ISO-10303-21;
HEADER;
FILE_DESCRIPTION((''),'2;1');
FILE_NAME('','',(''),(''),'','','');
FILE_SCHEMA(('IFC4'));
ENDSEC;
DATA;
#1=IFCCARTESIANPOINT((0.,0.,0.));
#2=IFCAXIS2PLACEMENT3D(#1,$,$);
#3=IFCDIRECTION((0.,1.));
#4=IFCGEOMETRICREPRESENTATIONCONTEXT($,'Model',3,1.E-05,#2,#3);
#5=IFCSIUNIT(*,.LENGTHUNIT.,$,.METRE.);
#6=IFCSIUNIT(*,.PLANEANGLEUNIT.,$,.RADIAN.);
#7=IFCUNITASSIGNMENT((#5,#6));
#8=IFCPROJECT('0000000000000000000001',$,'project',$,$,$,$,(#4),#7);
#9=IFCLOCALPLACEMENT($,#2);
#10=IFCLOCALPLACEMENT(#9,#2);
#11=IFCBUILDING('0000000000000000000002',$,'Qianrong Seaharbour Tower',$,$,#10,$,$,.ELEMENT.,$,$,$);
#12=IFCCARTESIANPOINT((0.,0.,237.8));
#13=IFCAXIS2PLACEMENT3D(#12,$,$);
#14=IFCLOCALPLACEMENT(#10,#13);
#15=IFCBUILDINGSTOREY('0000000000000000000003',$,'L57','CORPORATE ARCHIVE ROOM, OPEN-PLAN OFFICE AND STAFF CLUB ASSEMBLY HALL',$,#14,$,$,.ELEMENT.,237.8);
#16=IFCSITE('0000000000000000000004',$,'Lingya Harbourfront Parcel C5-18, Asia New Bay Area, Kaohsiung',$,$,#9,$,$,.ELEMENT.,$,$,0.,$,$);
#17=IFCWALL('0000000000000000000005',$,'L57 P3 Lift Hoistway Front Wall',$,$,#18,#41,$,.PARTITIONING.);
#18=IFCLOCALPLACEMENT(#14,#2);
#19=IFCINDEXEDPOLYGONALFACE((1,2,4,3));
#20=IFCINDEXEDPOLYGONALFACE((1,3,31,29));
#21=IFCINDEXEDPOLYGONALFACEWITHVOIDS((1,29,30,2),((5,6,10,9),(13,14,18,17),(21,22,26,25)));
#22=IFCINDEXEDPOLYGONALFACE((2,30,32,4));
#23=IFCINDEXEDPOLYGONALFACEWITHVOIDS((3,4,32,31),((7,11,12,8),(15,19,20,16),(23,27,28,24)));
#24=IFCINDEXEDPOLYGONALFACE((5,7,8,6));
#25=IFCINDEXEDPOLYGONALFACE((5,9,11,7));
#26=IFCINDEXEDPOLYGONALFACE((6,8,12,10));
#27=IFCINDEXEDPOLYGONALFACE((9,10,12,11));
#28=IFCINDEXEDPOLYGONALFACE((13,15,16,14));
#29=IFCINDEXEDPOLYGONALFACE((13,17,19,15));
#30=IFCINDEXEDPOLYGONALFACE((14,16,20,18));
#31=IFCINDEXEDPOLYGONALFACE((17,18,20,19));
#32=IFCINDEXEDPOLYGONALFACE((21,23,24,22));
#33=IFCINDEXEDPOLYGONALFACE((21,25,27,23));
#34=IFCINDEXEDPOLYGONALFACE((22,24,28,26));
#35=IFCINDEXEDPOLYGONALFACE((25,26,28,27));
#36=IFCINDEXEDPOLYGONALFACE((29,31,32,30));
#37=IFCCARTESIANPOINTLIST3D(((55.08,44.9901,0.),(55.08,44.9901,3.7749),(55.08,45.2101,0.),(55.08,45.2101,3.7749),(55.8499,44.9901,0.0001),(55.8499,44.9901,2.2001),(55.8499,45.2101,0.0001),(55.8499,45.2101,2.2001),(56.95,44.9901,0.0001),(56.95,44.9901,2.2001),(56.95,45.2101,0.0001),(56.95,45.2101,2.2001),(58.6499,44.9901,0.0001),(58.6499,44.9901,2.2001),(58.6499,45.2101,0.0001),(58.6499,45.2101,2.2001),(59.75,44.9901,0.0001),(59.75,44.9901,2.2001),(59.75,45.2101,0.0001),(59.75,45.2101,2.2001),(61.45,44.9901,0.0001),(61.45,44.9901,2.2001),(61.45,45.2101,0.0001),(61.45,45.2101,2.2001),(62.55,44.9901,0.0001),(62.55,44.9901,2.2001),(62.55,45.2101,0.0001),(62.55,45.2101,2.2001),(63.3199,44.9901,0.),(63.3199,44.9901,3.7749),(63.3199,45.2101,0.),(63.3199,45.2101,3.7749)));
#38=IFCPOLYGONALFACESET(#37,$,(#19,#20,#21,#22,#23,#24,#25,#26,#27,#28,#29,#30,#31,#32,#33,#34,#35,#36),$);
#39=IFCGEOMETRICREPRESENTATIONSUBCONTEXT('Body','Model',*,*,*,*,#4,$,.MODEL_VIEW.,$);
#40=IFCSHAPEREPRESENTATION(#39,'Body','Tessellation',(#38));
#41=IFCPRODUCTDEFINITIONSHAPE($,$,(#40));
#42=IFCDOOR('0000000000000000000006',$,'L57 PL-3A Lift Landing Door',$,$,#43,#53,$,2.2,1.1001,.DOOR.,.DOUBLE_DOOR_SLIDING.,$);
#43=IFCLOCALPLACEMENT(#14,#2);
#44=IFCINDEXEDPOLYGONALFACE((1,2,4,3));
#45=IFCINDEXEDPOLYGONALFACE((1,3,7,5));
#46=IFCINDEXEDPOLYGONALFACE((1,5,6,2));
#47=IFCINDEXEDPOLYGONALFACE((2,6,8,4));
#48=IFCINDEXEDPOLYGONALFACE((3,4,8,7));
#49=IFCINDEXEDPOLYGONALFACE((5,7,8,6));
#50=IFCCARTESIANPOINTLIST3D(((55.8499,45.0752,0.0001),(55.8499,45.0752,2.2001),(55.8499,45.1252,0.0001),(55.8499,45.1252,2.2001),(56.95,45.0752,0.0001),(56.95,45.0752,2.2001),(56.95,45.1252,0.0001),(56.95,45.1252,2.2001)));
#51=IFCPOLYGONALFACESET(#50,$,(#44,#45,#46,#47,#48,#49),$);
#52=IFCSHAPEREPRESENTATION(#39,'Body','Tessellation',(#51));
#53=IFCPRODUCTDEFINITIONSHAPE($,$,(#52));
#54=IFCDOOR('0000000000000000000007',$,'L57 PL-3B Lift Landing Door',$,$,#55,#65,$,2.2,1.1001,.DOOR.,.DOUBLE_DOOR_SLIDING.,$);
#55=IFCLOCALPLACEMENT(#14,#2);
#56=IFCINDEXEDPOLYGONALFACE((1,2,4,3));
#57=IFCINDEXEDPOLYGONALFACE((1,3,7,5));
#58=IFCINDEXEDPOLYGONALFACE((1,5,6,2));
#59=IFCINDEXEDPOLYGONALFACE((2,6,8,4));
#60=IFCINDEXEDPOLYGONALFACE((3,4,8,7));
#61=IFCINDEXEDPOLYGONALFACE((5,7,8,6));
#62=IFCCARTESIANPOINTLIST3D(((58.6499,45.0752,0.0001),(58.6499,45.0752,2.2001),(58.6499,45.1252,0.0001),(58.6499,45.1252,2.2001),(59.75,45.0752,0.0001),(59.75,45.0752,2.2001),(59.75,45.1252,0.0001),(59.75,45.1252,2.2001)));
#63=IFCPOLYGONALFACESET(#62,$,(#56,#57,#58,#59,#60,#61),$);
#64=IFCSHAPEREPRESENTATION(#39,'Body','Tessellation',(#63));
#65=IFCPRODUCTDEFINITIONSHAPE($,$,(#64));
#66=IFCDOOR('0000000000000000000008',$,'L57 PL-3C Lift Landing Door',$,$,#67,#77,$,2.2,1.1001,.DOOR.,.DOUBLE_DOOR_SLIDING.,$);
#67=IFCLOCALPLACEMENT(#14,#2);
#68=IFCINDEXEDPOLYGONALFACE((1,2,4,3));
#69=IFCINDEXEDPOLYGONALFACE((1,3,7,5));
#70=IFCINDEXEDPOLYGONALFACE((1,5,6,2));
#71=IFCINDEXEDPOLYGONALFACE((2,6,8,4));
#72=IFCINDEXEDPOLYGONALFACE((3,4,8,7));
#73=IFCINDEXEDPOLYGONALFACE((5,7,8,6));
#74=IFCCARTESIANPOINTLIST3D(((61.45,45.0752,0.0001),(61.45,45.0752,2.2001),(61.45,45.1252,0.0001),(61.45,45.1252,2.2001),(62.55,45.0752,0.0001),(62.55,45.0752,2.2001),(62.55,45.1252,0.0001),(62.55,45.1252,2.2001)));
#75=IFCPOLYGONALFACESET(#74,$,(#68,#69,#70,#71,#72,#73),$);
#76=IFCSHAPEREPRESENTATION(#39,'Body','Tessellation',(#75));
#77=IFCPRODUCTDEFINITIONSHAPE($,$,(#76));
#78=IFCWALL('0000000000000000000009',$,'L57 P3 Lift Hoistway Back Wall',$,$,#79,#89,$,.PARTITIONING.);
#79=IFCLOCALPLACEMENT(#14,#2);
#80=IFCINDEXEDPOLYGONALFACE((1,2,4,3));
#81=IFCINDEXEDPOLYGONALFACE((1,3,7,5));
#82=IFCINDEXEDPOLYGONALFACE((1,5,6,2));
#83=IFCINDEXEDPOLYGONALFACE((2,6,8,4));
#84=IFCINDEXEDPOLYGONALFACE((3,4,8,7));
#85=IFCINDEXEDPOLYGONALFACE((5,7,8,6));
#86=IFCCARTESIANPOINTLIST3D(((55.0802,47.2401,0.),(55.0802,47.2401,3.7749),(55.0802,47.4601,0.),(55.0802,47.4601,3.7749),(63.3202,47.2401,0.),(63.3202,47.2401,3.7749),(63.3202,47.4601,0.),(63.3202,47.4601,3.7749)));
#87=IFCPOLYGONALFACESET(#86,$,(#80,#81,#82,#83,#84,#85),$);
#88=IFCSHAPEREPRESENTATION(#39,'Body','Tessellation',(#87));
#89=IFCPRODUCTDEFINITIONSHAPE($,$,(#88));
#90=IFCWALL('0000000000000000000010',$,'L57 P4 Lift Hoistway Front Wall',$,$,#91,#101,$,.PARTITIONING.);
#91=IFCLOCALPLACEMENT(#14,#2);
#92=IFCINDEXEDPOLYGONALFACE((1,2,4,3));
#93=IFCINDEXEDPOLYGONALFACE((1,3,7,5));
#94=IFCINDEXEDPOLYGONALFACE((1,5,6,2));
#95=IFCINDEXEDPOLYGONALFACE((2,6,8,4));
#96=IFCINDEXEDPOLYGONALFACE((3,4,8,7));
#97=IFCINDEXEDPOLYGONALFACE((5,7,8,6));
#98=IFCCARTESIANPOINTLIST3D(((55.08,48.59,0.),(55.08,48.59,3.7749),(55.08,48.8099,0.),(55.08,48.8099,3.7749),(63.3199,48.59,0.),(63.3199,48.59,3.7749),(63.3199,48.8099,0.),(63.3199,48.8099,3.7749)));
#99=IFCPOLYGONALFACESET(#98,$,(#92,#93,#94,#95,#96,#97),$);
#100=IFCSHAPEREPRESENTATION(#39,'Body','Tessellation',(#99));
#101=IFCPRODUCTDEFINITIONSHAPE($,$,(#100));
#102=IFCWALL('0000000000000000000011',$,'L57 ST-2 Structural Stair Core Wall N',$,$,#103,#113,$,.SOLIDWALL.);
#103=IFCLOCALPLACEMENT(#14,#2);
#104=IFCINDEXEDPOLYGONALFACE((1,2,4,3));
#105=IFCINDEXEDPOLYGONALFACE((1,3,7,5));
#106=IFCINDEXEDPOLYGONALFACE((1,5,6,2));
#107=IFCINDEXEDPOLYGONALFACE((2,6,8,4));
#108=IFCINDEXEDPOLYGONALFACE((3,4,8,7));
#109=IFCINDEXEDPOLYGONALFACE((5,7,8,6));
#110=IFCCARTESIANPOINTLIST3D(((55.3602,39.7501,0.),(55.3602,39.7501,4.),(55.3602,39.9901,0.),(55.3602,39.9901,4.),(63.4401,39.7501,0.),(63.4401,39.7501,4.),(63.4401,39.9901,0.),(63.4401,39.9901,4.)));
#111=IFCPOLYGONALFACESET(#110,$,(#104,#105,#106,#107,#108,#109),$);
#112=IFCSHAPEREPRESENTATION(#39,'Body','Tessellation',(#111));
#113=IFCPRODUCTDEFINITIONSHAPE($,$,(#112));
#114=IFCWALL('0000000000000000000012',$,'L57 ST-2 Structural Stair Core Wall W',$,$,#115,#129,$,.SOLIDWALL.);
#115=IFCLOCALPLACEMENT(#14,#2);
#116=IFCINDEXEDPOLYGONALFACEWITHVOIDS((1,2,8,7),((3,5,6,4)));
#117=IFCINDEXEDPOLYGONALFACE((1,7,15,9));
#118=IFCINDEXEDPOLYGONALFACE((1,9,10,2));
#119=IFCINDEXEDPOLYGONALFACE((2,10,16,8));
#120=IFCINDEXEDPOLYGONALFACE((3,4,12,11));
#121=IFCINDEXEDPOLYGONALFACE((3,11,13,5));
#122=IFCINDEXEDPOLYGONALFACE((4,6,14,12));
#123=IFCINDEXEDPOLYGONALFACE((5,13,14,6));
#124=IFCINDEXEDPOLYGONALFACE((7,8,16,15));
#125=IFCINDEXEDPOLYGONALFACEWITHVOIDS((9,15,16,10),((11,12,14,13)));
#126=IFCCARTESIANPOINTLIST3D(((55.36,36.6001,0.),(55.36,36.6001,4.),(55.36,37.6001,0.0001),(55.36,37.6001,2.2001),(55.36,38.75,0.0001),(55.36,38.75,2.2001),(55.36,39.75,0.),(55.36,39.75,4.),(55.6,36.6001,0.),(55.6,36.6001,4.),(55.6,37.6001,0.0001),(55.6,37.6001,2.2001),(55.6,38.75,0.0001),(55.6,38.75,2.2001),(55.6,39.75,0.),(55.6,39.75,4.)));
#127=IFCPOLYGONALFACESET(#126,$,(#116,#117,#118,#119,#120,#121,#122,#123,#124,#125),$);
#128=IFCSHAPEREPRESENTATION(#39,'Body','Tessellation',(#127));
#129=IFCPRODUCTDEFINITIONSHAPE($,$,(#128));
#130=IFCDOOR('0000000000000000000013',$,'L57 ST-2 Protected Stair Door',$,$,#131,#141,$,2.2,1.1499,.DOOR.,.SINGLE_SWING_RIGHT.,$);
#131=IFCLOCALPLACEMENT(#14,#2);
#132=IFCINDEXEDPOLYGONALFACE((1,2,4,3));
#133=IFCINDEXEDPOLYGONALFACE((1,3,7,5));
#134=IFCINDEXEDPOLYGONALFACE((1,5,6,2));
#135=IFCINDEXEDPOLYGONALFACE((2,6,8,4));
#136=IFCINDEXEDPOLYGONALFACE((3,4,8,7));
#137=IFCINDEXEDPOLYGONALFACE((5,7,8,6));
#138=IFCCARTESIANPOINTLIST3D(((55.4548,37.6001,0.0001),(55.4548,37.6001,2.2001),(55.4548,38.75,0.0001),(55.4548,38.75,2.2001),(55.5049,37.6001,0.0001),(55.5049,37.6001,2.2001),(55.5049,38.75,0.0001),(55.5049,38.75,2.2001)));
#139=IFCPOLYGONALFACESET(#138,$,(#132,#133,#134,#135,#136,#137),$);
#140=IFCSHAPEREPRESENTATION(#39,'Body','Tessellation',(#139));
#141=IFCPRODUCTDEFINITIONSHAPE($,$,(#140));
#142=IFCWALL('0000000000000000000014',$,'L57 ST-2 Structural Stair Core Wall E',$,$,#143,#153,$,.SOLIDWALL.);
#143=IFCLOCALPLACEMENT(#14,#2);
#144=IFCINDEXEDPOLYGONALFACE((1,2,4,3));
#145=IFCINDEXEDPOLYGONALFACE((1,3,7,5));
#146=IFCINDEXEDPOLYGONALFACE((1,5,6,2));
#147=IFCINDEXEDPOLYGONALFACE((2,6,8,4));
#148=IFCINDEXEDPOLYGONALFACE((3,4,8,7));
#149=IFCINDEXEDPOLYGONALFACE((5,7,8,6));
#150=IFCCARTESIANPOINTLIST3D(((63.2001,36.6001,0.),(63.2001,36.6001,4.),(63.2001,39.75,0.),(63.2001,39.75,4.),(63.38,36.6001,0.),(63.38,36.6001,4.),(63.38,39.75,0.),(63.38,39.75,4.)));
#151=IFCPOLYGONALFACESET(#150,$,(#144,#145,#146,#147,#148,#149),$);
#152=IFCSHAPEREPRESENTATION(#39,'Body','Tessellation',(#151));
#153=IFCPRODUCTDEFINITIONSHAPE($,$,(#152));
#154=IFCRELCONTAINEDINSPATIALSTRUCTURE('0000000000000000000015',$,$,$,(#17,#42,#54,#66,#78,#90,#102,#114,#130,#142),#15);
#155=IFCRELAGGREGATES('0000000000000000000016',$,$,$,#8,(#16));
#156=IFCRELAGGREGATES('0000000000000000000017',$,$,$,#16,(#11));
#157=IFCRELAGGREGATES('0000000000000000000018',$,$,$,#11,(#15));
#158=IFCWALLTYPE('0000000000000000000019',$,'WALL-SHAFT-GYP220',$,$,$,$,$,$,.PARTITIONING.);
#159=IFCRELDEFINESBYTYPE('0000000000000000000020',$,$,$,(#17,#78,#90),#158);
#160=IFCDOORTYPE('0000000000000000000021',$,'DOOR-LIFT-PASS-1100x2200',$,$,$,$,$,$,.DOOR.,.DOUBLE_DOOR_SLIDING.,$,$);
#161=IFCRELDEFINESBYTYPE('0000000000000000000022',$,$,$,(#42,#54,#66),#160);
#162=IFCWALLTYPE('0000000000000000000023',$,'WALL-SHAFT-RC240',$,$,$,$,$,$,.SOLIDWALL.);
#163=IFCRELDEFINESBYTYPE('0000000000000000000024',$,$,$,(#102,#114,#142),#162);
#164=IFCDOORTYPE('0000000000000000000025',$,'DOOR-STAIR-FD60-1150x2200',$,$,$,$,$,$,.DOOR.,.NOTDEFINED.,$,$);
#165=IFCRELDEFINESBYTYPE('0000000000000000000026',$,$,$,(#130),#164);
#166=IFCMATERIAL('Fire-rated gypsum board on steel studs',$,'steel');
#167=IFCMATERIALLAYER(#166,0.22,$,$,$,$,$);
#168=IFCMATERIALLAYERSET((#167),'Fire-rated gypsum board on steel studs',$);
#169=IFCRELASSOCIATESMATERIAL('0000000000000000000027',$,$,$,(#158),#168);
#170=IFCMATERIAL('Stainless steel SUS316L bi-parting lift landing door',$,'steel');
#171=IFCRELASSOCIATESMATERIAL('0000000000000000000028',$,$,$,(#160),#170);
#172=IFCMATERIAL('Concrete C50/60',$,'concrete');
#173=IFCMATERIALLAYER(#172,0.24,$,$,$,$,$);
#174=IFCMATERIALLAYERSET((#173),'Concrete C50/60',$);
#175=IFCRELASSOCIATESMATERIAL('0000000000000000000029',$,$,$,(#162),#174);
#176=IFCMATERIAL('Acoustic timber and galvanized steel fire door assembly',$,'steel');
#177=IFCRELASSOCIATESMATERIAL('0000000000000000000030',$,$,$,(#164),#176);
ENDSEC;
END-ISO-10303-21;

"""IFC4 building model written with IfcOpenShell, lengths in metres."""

from ifc_helpers import new_model, si_unit, direction, frame, frame_2d, origin, place, context, subcontext, project, spatial, rectangle, extrude, material, layer, layer_set, type_object, element, fill, save


model = new_model("IFC4")

# Units and contexts
model_context = context("Model", 3, precision=1e-05, world=origin(), true_north=direction((0.0, 1.0)))
body_context = subcontext(model_context, "Body", "Model", "MODEL_VIEW")
ifc_project = project(units=[si_unit("LENGTHUNIT", "METRE"), si_unit("PLANEANGLEUNIT", "RADIAN")], contexts=[model_context])

# Site, building, storey
site_placement = place(None, origin())
site = spatial("IfcSite", under=ifc_project, at=site_placement, Name="Lingya Harbourfront Parcel C5-18, Asia New Bay Area, Kaohsiung", CompositionType="ELEMENT", RefElevation=0.0)
building_placement = place(site_placement, origin())
building = spatial("IfcBuilding", under=site, at=building_placement, Name="Qianrong Seaharbour Tower", CompositionType="ELEMENT")
storey_placement = place(building_placement, frame((0.0, 0.0, 237.8)))
storey = spatial("IfcBuildingStorey", under=building, at=storey_placement, Name="L57", Description="CORPORATE ARCHIVE ROOM, OPEN-PLAN OFFICE AND STAFF CLUB ASSEMBLY HALL", CompositionType="ELEMENT", Elevation=237.8)

# Shared definitions
ifc_material_1 = material(Name="Concrete C50/60", Category="concrete")

# Shared definitions
ifc_material_2 = material(Name="Acoustic timber and galvanized steel fire door assembly", Category="steel")

# Shared definitions
ifc_material_3 = material(Name="Fire-rated gypsum board on steel studs", Category="steel")

# Wall, openings, doors
ifc_layer_1 = layer(ifc_material_3, 0.22)
ifc_layer_set_1 = layer_set([ifc_layer_1], Name="Fire-rated gypsum board on steel studs")
wall_type_1 = type_object("IfcWallType", Name="WALL-SHAFT-GYP220", PredefinedType="PARTITIONING", material=ifc_layer_set_1)
wall_1_placement = place(storey_placement, frame((63.3201, 45.1001, 0.0), z_axis=(0.0, 0.0, 1.0), x_axis=(-1.0, 0.0, 0.0)))
wall_1 = element("IfcWall", 1, at=wall_1_placement, inside=storey, type_object=wall_type_1, Name="L57 P3 Lift Hoistway Front Wall", PredefinedType="PARTITIONING", context=body_context, shape_type="SweptSolid", body=[
    extrude(rectangle(XDim=8.24, YDim=0.22, at=frame_2d((4.1201, 0.0))), origin(), (0.0, 0.0, 1.0), 3.7749),
])
opening_1_placement = place(wall_1_placement, frame((6.3701, 0.0, 0.0)))
opening_1 = element("IfcOpeningElement", 2, at=opening_1_placement, cuts=wall_1, PredefinedType="OPENING", context=body_context, shape_type="SweptSolid", body=[
    extrude(rectangle(XDim=1.1001, YDim=2.2, at=frame_2d((0.55, 1.1001))), frame((0.0, 0.1201, 0.0), z_axis=(0.0, -1.0, 0.0), x_axis=(1.0, 0.0, 0.0)), (0.0, 0.0, 1.0), 0.24),
])
opening_2_placement = place(wall_1_placement, frame((3.5701, 0.0, 0.0)))
opening_2 = element("IfcOpeningElement", 3, at=opening_2_placement, cuts=wall_1, PredefinedType="OPENING", context=body_context, shape_type="SweptSolid", body=[
    extrude(rectangle(XDim=1.1001, YDim=2.2, at=frame_2d((0.55, 1.1001))), frame((0.0, 0.1201, 0.0), z_axis=(0.0, -1.0, 0.0), x_axis=(1.0, 0.0, 0.0)), (0.0, 0.0, 1.0), 0.24),
])
opening_3_placement = place(wall_1_placement, frame((0.77, 0.0, 0.0)))
opening_3 = element("IfcOpeningElement", 4, at=opening_3_placement, cuts=wall_1, PredefinedType="OPENING", context=body_context, shape_type="SweptSolid", body=[
    extrude(rectangle(XDim=1.1001, YDim=2.2, at=frame_2d((0.55, 1.1001))), frame((0.0, 0.1201, 0.0), z_axis=(0.0, -1.0, 0.0), x_axis=(1.0, 0.0, 0.0)), (0.0, 0.0, 1.0), 0.24),
])
ifc_material_4 = material(Name="Stainless steel SUS316L bi-parting lift landing door", Category="steel")
door_type_1 = type_object("IfcDoorType", Name="DOOR-LIFT-PASS-1100x2200", OperationType="DOUBLE_DOOR_SLIDING", PredefinedType="DOOR", material=ifc_material_4)
door_1_placement = place(opening_1_placement, origin())
door_1 = element("IfcDoor", 5, at=door_1_placement, inside=storey, type_object=door_type_1, Name="L57 PL-3A Lift Landing Door", OperationType="DOUBLE_DOOR_SLIDING", OverallHeight=2.2, OverallWidth=1.1001, PredefinedType="DOOR", context=body_context, shape_type="SweptSolid", body=[
    extrude(rectangle(XDim=1.1001, YDim=2.2, at=frame_2d((0.55, 1.1001))), frame((0.0, 0.0249, 0.0), z_axis=(0.0, -1.0, 0.0), x_axis=(1.0, 0.0, 0.0)), (0.0, 0.0, 1.0), 0.05),
])
fill(opening_1, door_1)
door_2_placement = place(opening_2_placement, origin())
door_2 = element("IfcDoor", 6, at=door_2_placement, inside=storey, type_object=door_type_1, Name="L57 PL-3B Lift Landing Door", OperationType="DOUBLE_DOOR_SLIDING", OverallHeight=2.2, OverallWidth=1.1001, PredefinedType="DOOR", context=body_context, shape_type="SweptSolid", body=[
    extrude(rectangle(XDim=1.1001, YDim=2.2, at=frame_2d((0.55, 1.1001))), frame((0.0, 0.0249, 0.0), z_axis=(0.0, -1.0, 0.0), x_axis=(1.0, 0.0, 0.0)), (0.0, 0.0, 1.0), 0.05),
])
fill(opening_2, door_2)
door_3_placement = place(opening_3_placement, origin())
door_3 = element("IfcDoor", 7, at=door_3_placement, inside=storey, type_object=door_type_1, Name="L57 PL-3C Lift Landing Door", OperationType="DOUBLE_DOOR_SLIDING", OverallHeight=2.2, OverallWidth=1.1001, PredefinedType="DOOR", context=body_context, shape_type="SweptSolid", body=[
    extrude(rectangle(XDim=1.1001, YDim=2.2, at=frame_2d((0.55, 1.1001))), frame((0.0, 0.0249, 0.0), z_axis=(0.0, -1.0, 0.0), x_axis=(1.0, 0.0, 0.0)), (0.0, 0.0, 1.0), 0.05),
])
fill(opening_3, door_3)

# Walls
for number, where, z_axis, x_axis, name in (
    (8, (55.0801, 47.3501, 0.0), (0.0, 0.0, 1.0), (1.0, 0.0, 0.0), "L57 P3 Lift Hoistway Back Wall"),
    (9, (63.3201, 48.7, 0.0), (0.0, 0.0, 1.0), (-1.0, 0.0, 0.0), "L57 P4 Lift Hoistway Front Wall"),
):
    element("IfcWall", number, at=place(storey_placement, frame(where, z_axis=z_axis, x_axis=x_axis)), inside=storey, type_object=wall_type_1, Name=name, PredefinedType="PARTITIONING", context=body_context, shape_type="SweptSolid", body=[
        extrude(rectangle(XDim=8.24, YDim=0.22, at=frame_2d((4.1201, 0.0))), origin(), (0.0, 0.0, 1.0), 3.7749),
    ])
ifc_layer_2 = layer(ifc_material_1, 0.24)
ifc_layer_set_2 = layer_set([ifc_layer_2], Name="Concrete C50/60")
wall_type_2 = type_object("IfcWallType", Name="WALL-SHAFT-RC240", PredefinedType="SOLIDWALL", material=ifc_layer_set_2)
wall_2_placement = place(storey_placement, frame((55.3601, 39.8701, 0.0), z_axis=(0.0, 0.0, 1.0), x_axis=(1.0, 0.0, 0.0)))
element("IfcWall", 10, at=wall_2_placement, inside=storey, type_object=wall_type_2, Name="L57 ST-2 Structural Stair Core Wall N", PredefinedType="SOLIDWALL", context=body_context, shape_type="SweptSolid", body=[
    extrude(rectangle(XDim=8.0798, YDim=0.24, at=frame_2d((4.04, 0.0))), origin(), (0.0, 0.0, 1.0), 4.0),
])

# Wall, opening, door
wall_3_placement = place(storey_placement, frame((55.48, 39.75, 0.0), z_axis=(0.0, 0.0, 1.0), x_axis=(0.0, -1.0, 0.0)))
wall_3 = element("IfcWall", 11, at=wall_3_placement, inside=storey, type_object=wall_type_2, Name="L57 ST-2 Structural Stair Core Wall W", PredefinedType="SOLIDWALL", context=body_context, shape_type="SweptSolid", body=[
    extrude(rectangle(XDim=3.1499, YDim=0.24, at=frame_2d((1.575, 0.0))), origin(), (0.0, 0.0, 1.0), 4.0),
])
opening_4_placement = place(wall_3_placement, frame((1.0, 0.0, 0.0)))
opening_4 = element("IfcOpeningElement", 12, at=opening_4_placement, cuts=wall_3, PredefinedType="OPENING", context=body_context, shape_type="SweptSolid", body=[
    extrude(rectangle(XDim=1.1499, YDim=2.2, at=frame_2d((0.575, 1.1001))), frame((0.0, 0.1299, 0.0), z_axis=(0.0, -1.0, 0.0), x_axis=(1.0, 0.0, 0.0)), (0.0, 0.0, 1.0), 0.26),
])
door_type_2 = type_object("IfcDoorType", Name="DOOR-STAIR-FD60-1150x2200", OperationType="NOTDEFINED", PredefinedType="DOOR", material=ifc_material_2)
door_4_placement = place(opening_4_placement, origin())
door_4 = element("IfcDoor", 13, at=door_4_placement, inside=storey, type_object=door_type_2, Name="L57 ST-2 Protected Stair Door", OperationType="SINGLE_SWING_RIGHT", OverallHeight=2.2, OverallWidth=1.1499, PredefinedType="DOOR", context=body_context, shape_type="SweptSolid", body=[
    extrude(rectangle(XDim=1.1499, YDim=2.2, at=frame_2d((0.575, 1.1001))), frame((0.0, 0.0249, 0.0), z_axis=(0.0, -1.0, 0.0), x_axis=(1.0, 0.0, 0.0)), (0.0, 0.0, 1.0), 0.05),
])
fill(opening_4, door_4)

# Wall
wall_4_placement = place(storey_placement, frame((63.29, 36.6001, 0.0), z_axis=(0.0, 0.0, 1.0), x_axis=(0.0, 1.0, 0.0)))
element("IfcWall", 14, at=wall_4_placement, inside=storey, type_object=wall_type_2, Name="L57 ST-2 Structural Stair Core Wall E", PredefinedType="SOLIDWALL", context=body_context, shape_type="SweptSolid", body=[
    extrude(rectangle(XDim=3.1499, YDim=0.1799, at=frame_2d((1.575, 0.0))), origin(), (0.0, 0.0, 1.0), 4.0),
])

save(model, "model.ifc")
